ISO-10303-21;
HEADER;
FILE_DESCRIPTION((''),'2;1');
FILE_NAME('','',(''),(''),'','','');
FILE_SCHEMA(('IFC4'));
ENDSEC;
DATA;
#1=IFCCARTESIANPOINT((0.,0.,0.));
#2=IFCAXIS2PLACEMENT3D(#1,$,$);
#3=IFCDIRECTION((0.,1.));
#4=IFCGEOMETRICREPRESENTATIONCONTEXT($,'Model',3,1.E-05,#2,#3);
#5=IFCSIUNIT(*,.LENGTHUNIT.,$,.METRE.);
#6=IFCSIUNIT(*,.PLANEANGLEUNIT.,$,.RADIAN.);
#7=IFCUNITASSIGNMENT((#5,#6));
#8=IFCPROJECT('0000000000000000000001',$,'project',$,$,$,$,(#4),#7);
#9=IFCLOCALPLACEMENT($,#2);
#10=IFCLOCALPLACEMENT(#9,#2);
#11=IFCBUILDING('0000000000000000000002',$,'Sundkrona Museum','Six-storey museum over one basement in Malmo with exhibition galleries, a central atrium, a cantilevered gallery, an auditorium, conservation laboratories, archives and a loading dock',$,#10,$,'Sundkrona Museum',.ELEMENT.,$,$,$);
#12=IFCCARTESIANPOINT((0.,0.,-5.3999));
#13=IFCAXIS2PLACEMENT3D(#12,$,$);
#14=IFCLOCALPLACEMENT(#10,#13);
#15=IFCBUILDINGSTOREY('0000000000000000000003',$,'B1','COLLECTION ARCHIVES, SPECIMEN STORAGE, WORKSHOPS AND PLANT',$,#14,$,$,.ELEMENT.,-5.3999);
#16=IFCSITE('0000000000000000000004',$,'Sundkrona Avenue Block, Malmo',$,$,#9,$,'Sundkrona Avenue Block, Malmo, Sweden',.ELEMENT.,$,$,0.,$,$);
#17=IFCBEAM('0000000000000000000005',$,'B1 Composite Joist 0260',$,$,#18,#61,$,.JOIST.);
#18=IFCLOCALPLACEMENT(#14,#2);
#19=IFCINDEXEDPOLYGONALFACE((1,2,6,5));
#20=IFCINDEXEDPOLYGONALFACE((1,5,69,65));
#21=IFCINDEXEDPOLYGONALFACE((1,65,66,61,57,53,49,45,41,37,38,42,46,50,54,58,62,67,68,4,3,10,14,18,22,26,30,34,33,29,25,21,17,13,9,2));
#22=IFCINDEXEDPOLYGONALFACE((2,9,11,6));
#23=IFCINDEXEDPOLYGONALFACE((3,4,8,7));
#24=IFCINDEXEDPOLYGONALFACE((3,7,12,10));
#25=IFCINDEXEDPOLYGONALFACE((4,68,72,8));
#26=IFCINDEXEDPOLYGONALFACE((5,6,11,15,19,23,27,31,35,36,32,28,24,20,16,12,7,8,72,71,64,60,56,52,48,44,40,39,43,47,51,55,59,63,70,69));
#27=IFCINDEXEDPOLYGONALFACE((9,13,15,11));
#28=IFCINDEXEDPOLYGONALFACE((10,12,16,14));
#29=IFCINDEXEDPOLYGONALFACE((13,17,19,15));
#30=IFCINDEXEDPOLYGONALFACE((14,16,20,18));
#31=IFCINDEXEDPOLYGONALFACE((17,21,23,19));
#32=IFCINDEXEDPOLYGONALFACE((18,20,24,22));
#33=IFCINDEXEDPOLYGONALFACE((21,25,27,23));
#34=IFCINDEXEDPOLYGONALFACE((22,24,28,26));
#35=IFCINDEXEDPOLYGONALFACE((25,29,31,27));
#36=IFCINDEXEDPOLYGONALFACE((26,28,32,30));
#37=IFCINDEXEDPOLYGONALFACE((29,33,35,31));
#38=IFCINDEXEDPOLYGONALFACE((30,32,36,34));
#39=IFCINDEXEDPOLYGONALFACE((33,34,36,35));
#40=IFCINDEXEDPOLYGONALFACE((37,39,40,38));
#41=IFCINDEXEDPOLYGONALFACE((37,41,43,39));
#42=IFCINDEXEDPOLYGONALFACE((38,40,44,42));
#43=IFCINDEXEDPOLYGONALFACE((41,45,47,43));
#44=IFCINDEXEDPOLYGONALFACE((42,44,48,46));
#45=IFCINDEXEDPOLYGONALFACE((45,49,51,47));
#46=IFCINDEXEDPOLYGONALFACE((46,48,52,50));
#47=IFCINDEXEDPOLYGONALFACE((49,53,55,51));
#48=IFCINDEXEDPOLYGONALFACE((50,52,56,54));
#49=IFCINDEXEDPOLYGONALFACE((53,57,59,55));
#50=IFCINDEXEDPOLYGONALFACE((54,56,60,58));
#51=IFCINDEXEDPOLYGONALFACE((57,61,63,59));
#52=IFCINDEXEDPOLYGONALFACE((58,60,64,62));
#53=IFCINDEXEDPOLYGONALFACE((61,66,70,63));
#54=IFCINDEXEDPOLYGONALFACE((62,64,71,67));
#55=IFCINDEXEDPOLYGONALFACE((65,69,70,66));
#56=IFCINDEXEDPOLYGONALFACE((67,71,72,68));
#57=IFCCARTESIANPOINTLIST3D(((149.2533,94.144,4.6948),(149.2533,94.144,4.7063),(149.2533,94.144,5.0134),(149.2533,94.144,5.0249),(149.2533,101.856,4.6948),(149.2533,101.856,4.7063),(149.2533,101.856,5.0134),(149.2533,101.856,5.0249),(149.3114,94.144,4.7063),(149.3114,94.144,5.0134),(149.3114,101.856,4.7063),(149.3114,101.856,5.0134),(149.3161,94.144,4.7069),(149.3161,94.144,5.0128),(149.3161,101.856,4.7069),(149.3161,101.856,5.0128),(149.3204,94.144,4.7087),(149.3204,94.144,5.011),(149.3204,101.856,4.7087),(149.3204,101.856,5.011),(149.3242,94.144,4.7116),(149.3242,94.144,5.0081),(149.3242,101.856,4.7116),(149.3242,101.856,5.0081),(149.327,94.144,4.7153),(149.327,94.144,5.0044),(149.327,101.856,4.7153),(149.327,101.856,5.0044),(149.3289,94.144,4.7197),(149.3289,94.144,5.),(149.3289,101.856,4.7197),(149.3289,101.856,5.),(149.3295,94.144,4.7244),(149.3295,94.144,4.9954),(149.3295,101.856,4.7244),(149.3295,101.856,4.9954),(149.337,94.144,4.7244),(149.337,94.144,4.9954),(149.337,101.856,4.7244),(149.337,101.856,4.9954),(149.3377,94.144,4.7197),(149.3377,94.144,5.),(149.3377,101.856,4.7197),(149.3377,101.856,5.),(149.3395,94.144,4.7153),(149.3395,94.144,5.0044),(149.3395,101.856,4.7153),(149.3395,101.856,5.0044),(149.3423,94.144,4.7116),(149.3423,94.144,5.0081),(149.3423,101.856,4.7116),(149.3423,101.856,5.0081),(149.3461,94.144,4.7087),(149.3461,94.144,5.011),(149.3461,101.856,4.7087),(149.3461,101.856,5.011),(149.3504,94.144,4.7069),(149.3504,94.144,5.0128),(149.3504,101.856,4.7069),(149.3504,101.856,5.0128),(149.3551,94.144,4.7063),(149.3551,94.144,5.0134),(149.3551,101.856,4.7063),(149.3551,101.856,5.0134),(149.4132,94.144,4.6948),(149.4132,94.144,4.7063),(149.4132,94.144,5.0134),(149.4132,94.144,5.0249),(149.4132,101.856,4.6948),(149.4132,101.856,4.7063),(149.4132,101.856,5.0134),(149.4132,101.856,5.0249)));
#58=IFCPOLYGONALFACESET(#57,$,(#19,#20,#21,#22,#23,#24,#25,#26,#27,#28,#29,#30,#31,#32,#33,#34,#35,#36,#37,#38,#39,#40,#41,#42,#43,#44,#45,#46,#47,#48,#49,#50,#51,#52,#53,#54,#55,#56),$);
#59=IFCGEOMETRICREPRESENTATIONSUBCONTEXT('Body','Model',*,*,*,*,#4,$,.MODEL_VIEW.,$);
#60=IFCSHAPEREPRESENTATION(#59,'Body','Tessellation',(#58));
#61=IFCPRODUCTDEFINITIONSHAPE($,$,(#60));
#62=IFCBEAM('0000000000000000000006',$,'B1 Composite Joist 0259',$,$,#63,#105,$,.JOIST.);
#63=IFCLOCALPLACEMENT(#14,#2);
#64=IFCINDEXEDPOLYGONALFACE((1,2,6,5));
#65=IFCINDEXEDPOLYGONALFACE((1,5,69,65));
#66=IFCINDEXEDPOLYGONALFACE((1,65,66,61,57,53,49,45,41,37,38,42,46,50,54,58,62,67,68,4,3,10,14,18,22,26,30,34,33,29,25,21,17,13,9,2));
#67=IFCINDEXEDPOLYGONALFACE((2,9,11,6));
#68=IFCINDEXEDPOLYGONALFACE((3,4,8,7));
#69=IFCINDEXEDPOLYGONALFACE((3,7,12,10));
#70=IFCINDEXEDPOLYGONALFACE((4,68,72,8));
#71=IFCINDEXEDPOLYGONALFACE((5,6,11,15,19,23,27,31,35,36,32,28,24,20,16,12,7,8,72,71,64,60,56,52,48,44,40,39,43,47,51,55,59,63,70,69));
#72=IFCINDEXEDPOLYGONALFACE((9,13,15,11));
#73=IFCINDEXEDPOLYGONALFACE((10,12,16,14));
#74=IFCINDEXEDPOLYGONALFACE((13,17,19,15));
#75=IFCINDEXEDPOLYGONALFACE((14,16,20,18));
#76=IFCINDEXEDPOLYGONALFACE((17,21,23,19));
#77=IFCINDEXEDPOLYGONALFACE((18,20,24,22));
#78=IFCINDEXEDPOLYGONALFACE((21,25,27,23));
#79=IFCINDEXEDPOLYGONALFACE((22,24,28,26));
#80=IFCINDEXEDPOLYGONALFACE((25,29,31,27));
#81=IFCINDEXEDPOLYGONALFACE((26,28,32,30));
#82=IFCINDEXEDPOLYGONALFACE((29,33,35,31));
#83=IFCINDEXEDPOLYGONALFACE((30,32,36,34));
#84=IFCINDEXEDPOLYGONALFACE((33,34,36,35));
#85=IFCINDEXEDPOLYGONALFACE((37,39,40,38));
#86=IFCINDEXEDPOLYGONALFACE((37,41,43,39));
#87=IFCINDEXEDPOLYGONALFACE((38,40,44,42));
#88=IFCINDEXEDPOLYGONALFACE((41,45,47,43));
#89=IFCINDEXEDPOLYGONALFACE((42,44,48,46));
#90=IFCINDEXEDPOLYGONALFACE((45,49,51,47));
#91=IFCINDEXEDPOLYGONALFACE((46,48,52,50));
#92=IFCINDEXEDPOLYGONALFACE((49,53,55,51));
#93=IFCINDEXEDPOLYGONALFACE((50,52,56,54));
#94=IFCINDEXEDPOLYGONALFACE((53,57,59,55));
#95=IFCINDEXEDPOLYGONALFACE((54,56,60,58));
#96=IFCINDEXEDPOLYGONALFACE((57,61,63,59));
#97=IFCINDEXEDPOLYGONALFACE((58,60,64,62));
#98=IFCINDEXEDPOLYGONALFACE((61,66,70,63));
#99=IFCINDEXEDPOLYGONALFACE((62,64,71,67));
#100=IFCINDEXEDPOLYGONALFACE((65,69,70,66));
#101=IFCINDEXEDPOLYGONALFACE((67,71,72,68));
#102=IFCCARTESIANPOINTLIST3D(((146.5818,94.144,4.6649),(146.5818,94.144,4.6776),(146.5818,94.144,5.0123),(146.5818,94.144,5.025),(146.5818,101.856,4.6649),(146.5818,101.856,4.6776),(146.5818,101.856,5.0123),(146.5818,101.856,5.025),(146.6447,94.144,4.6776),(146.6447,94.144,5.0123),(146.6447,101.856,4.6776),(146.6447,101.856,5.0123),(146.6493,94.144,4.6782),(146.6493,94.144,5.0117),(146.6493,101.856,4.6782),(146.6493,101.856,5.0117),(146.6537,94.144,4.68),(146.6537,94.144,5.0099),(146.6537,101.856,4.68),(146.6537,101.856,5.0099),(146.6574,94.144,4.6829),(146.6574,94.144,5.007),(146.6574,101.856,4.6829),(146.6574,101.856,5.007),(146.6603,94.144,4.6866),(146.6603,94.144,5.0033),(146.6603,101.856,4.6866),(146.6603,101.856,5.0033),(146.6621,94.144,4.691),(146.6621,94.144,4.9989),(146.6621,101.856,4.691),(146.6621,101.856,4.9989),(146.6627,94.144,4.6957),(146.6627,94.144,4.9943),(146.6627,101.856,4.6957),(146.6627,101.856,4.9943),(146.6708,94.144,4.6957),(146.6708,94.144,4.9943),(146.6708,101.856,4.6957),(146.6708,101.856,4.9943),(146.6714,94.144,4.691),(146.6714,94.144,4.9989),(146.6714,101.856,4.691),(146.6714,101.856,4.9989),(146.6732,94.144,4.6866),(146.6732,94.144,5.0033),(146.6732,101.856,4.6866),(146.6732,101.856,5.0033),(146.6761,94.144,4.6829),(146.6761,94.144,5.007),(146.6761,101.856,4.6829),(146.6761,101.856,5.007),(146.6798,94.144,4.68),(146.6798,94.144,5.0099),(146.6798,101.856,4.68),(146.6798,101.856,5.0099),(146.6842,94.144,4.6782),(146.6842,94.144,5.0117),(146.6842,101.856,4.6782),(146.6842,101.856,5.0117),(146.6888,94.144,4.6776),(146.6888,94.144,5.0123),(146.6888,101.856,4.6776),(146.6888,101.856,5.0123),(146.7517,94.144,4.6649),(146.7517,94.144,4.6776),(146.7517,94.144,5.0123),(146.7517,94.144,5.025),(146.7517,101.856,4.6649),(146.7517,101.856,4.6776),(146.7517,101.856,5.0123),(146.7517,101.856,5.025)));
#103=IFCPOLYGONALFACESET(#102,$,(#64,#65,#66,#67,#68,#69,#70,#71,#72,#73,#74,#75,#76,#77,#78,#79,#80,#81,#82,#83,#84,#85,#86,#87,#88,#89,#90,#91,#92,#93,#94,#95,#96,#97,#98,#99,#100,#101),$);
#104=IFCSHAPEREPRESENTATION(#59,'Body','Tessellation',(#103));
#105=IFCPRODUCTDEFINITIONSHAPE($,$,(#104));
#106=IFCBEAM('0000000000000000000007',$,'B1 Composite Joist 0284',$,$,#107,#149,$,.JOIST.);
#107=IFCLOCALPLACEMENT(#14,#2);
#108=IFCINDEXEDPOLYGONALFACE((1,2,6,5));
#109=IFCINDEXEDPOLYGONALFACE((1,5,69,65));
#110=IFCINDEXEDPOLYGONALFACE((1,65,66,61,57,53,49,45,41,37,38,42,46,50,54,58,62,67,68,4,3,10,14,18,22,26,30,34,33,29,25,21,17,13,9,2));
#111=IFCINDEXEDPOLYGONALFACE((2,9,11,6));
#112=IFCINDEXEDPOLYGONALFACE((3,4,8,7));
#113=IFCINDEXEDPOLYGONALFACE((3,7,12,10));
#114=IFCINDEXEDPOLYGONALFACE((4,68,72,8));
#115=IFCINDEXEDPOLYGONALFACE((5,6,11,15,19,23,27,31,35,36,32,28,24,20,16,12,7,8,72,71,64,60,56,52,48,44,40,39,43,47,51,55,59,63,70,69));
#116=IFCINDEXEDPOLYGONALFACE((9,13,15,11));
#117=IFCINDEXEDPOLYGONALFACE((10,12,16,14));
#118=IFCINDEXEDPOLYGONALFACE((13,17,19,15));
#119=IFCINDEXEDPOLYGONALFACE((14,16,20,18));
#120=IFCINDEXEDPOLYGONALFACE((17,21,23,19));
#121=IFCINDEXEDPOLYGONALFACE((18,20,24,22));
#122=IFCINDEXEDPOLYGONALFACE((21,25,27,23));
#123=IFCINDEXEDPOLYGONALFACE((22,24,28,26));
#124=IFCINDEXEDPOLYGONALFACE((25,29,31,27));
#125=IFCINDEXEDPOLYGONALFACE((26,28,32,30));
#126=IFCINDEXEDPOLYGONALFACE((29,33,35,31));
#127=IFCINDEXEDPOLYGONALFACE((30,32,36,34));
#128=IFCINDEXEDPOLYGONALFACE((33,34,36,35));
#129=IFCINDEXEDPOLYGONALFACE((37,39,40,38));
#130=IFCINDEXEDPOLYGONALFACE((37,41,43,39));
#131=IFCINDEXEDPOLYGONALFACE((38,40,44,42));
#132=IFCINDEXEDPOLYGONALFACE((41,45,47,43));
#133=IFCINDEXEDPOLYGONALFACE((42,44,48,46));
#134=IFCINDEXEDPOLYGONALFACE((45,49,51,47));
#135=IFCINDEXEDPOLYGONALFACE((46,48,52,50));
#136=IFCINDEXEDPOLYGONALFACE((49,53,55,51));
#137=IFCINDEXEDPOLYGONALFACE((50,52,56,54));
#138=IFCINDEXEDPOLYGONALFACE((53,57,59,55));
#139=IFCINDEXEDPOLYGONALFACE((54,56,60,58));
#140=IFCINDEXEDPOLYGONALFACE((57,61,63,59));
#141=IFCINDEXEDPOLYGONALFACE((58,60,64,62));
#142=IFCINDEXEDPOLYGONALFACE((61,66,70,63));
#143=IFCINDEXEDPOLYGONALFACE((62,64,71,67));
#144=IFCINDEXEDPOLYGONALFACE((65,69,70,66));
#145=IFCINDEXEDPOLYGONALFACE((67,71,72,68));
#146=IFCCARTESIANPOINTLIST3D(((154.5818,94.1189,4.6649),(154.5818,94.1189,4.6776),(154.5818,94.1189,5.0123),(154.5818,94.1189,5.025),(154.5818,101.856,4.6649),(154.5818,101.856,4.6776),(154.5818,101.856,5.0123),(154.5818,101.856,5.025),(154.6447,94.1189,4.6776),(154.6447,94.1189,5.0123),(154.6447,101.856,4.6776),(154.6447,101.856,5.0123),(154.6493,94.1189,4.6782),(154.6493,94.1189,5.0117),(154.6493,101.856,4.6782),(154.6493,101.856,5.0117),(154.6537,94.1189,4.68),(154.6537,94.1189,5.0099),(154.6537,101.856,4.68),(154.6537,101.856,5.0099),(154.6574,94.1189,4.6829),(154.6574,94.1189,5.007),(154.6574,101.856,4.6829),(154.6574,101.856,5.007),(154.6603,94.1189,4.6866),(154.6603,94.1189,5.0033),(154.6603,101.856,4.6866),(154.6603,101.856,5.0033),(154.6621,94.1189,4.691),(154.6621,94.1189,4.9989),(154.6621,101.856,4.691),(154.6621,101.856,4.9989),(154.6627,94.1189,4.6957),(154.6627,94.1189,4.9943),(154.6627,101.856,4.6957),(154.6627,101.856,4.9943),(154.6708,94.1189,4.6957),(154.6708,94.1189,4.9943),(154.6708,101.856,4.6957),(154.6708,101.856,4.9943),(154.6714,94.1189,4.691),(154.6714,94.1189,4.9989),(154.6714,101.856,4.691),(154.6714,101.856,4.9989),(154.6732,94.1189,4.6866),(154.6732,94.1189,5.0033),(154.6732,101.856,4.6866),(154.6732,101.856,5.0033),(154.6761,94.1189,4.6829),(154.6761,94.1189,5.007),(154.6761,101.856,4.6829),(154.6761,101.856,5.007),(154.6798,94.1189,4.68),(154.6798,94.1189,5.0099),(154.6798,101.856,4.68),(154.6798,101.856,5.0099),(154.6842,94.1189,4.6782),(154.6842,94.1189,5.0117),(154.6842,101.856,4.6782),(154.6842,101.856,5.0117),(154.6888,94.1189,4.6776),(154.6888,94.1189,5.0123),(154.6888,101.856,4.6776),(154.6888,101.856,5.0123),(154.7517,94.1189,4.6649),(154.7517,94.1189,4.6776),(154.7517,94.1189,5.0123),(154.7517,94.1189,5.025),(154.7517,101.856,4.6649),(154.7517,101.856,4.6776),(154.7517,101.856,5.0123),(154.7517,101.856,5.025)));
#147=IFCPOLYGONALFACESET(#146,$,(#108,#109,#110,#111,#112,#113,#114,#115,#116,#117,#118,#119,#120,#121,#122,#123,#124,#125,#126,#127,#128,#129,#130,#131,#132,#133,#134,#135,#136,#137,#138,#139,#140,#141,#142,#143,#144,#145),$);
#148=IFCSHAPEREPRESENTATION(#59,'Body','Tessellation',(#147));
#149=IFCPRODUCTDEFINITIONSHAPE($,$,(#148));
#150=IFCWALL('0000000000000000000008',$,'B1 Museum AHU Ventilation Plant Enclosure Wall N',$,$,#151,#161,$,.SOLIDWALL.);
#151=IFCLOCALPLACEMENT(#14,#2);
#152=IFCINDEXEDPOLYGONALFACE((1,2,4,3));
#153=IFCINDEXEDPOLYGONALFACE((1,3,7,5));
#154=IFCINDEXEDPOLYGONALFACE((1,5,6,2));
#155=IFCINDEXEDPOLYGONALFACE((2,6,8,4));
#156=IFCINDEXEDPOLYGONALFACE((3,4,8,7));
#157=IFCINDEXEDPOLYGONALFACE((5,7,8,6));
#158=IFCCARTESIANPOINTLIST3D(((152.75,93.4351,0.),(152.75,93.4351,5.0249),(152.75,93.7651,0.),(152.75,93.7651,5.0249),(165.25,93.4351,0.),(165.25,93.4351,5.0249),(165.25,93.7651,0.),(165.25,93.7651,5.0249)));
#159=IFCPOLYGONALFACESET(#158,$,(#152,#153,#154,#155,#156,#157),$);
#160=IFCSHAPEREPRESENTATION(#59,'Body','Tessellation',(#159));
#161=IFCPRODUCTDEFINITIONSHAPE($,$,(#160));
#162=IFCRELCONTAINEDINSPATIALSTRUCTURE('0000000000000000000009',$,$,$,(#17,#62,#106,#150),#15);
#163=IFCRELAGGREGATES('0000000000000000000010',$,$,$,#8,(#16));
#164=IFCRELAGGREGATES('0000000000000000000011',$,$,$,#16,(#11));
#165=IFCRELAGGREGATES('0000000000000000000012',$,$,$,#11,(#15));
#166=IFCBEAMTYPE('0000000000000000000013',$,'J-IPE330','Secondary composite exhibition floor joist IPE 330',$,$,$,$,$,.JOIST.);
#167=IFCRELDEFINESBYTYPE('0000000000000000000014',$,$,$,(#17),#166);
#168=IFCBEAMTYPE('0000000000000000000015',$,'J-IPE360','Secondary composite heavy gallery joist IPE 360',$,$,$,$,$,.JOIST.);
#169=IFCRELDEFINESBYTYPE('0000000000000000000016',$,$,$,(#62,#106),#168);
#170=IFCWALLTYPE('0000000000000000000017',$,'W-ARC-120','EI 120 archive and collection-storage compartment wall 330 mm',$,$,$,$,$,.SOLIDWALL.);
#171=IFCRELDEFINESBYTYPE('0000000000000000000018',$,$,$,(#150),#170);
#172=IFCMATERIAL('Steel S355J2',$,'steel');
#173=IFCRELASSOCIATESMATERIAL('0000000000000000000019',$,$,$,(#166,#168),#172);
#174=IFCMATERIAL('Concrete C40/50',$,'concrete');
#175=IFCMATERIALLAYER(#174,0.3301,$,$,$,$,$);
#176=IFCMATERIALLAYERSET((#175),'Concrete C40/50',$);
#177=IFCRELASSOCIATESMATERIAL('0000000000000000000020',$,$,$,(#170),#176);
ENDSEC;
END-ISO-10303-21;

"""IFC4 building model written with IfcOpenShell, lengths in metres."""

from ifc_helpers import new_model, si_unit, direction, frame, frame_2d, origin, origin_2d, place, context, subcontext, project, spatial, rectangle, i_section, extrude, material, layer, layer_set, material_profile, profile_set, type_object, element, save


model = new_model("IFC4")

# Units and contexts
model_context = context("Model", 3, precision=1e-05, world=origin(), true_north=direction((0.0, 1.0)))
body_context = subcontext(model_context, "Body", "Model", "MODEL_VIEW")
ifc_project = project(units=[si_unit("LENGTHUNIT", "METRE"), si_unit("PLANEANGLEUNIT", "RADIAN")], contexts=[model_context])

# Site, building, storey
site_placement = place(None, origin())
site = spatial("IfcSite", under=ifc_project, at=site_placement, Name="Sundkrona Avenue Block, Malmo", LongName="Sundkrona Avenue Block, Malmo, Sweden", CompositionType="ELEMENT", RefElevation=0.0)
building_placement = place(site_placement, origin())
building = spatial("IfcBuilding", under=site, at=building_placement, Name="Sundkrona Museum", Description="Six-storey museum over one basement in Malmo with exhibition galleries, a central atrium, a cantilevered gallery, an auditorium, conservation laboratories, archives and a loading dock", LongName="Sundkrona Museum", CompositionType="ELEMENT")
storey_placement = place(building_placement, frame((0.0, 0.0, -5.3999)))
storey = spatial("IfcBuildingStorey", under=building, at=storey_placement, Name="B1", Description="COLLECTION ARCHIVES, SPECIMEN STORAGE, WORKSHOPS AND PLANT", CompositionType="ELEMENT", Elevation=-5.3999)

# Shared definitions
ifc_material_1 = material(Name="Concrete C40/50", Category="concrete")

# Beams
ifc_material_2 = material(Name="Steel S355J2", Category="steel")
ifc_material_profile_1 = material_profile(ifc_material_2, i_section(OverallWidth=0.1599, OverallDepth=0.3301, WebThickness=0.0076, FlangeThickness=0.0115, FilletRadius=0.0181, at=origin_2d()), Name="IPE 330")
ifc_profile_set_1 = profile_set([ifc_material_profile_1], Name="Steel S355J2")
beam_type_1 = type_object("IfcBeamType", Name="J-IPE330", Description="Secondary composite exhibition floor joist IPE 330", PredefinedType="JOIST", material=ifc_profile_set_1)
beam_1_placement = place(storey_placement, frame((149.3333, 94.144, 4.8599), z_axis=(0.0, 1.0, 0.0), x_axis=(-1.0, 0.0, 0.0)))
element("IfcBeam", 1, at=beam_1_placement, inside=storey, type_object=beam_type_1, Name="B1 Composite Joist 0260", PredefinedType="JOIST", context=body_context, shape_type="SweptSolid", body=[
    extrude(i_section(OverallWidth=0.1599, OverallDepth=0.3301, WebThickness=0.0076, FlangeThickness=0.0115, FilletRadius=0.0181, at=origin_2d()), origin(), (0.0, 0.0, 1.0), 7.7119),
])
ifc_material_profile_2 = material_profile(ifc_material_2, i_section(OverallWidth=0.1699, OverallDepth=0.3601, WebThickness=0.0081, FlangeThickness=0.0127, FilletRadius=0.0181, at=origin_2d()), Name="IPE 360")
ifc_profile_set_2 = profile_set([ifc_material_profile_2], Name="Steel S355J2")
beam_type_2 = type_object("IfcBeamType", Name="J-IPE360", Description="Secondary composite heavy gallery joist IPE 360", PredefinedType="JOIST", material=ifc_profile_set_2)
beam_2_placement = place(storey_placement, frame((146.6667, 94.144, 4.845), z_axis=(0.0, 1.0, 0.0), x_axis=(-1.0, 0.0, 0.0)))
element("IfcBeam", 2, at=beam_2_placement, inside=storey, type_object=beam_type_2, Name="B1 Composite Joist 0259", PredefinedType="JOIST", context=body_context, shape_type="SweptSolid", body=[
    extrude(i_section(OverallWidth=0.1699, OverallDepth=0.3601, WebThickness=0.0081, FlangeThickness=0.0127, FilletRadius=0.0181, at=origin_2d()), origin(), (0.0, 0.0, 1.0), 7.7119),
])
beam_3_placement = place(storey_placement, frame((154.6667, 94.1189, 4.845), z_axis=(0.0, 1.0, 0.0), x_axis=(-1.0, 0.0, 0.0)))
element("IfcBeam", 3, at=beam_3_placement, inside=storey, type_object=beam_type_2, Name="B1 Composite Joist 0284", PredefinedType="JOIST", context=body_context, shape_type="SweptSolid", body=[
    extrude(i_section(OverallWidth=0.1699, OverallDepth=0.3601, WebThickness=0.0081, FlangeThickness=0.0127, FilletRadius=0.0181, at=origin_2d()), origin(), (0.0, 0.0, 1.0), 7.7371),
])

# Wall
ifc_layer = layer(ifc_material_1, 0.3301)
ifc_layer_set = layer_set([ifc_layer], Name="Concrete C40/50")
wall_type = type_object("IfcWallType", Name="W-ARC-120", Description="EI 120 archive and collection-storage compartment wall 330 mm", PredefinedType="SOLIDWALL", material=ifc_layer_set)
wall_placement = place(storey_placement, frame((152.75, 93.6001, 0.0), z_axis=(0.0, 0.0, 1.0), x_axis=(1.0, 0.0, 0.0)))
element("IfcWall", 4, at=wall_placement, inside=storey, type_object=wall_type, Name="B1 Museum AHU Ventilation Plant Enclosure Wall N", PredefinedType="SOLIDWALL", context=body_context, shape_type="SweptSolid", body=[
    extrude(rectangle(XDim=12.5, YDim=0.3301, at=frame_2d((6.25, 0.0))), origin(), (0.0, 0.0, 1.0), 5.0249),
])

save(model, "model.ifc")
